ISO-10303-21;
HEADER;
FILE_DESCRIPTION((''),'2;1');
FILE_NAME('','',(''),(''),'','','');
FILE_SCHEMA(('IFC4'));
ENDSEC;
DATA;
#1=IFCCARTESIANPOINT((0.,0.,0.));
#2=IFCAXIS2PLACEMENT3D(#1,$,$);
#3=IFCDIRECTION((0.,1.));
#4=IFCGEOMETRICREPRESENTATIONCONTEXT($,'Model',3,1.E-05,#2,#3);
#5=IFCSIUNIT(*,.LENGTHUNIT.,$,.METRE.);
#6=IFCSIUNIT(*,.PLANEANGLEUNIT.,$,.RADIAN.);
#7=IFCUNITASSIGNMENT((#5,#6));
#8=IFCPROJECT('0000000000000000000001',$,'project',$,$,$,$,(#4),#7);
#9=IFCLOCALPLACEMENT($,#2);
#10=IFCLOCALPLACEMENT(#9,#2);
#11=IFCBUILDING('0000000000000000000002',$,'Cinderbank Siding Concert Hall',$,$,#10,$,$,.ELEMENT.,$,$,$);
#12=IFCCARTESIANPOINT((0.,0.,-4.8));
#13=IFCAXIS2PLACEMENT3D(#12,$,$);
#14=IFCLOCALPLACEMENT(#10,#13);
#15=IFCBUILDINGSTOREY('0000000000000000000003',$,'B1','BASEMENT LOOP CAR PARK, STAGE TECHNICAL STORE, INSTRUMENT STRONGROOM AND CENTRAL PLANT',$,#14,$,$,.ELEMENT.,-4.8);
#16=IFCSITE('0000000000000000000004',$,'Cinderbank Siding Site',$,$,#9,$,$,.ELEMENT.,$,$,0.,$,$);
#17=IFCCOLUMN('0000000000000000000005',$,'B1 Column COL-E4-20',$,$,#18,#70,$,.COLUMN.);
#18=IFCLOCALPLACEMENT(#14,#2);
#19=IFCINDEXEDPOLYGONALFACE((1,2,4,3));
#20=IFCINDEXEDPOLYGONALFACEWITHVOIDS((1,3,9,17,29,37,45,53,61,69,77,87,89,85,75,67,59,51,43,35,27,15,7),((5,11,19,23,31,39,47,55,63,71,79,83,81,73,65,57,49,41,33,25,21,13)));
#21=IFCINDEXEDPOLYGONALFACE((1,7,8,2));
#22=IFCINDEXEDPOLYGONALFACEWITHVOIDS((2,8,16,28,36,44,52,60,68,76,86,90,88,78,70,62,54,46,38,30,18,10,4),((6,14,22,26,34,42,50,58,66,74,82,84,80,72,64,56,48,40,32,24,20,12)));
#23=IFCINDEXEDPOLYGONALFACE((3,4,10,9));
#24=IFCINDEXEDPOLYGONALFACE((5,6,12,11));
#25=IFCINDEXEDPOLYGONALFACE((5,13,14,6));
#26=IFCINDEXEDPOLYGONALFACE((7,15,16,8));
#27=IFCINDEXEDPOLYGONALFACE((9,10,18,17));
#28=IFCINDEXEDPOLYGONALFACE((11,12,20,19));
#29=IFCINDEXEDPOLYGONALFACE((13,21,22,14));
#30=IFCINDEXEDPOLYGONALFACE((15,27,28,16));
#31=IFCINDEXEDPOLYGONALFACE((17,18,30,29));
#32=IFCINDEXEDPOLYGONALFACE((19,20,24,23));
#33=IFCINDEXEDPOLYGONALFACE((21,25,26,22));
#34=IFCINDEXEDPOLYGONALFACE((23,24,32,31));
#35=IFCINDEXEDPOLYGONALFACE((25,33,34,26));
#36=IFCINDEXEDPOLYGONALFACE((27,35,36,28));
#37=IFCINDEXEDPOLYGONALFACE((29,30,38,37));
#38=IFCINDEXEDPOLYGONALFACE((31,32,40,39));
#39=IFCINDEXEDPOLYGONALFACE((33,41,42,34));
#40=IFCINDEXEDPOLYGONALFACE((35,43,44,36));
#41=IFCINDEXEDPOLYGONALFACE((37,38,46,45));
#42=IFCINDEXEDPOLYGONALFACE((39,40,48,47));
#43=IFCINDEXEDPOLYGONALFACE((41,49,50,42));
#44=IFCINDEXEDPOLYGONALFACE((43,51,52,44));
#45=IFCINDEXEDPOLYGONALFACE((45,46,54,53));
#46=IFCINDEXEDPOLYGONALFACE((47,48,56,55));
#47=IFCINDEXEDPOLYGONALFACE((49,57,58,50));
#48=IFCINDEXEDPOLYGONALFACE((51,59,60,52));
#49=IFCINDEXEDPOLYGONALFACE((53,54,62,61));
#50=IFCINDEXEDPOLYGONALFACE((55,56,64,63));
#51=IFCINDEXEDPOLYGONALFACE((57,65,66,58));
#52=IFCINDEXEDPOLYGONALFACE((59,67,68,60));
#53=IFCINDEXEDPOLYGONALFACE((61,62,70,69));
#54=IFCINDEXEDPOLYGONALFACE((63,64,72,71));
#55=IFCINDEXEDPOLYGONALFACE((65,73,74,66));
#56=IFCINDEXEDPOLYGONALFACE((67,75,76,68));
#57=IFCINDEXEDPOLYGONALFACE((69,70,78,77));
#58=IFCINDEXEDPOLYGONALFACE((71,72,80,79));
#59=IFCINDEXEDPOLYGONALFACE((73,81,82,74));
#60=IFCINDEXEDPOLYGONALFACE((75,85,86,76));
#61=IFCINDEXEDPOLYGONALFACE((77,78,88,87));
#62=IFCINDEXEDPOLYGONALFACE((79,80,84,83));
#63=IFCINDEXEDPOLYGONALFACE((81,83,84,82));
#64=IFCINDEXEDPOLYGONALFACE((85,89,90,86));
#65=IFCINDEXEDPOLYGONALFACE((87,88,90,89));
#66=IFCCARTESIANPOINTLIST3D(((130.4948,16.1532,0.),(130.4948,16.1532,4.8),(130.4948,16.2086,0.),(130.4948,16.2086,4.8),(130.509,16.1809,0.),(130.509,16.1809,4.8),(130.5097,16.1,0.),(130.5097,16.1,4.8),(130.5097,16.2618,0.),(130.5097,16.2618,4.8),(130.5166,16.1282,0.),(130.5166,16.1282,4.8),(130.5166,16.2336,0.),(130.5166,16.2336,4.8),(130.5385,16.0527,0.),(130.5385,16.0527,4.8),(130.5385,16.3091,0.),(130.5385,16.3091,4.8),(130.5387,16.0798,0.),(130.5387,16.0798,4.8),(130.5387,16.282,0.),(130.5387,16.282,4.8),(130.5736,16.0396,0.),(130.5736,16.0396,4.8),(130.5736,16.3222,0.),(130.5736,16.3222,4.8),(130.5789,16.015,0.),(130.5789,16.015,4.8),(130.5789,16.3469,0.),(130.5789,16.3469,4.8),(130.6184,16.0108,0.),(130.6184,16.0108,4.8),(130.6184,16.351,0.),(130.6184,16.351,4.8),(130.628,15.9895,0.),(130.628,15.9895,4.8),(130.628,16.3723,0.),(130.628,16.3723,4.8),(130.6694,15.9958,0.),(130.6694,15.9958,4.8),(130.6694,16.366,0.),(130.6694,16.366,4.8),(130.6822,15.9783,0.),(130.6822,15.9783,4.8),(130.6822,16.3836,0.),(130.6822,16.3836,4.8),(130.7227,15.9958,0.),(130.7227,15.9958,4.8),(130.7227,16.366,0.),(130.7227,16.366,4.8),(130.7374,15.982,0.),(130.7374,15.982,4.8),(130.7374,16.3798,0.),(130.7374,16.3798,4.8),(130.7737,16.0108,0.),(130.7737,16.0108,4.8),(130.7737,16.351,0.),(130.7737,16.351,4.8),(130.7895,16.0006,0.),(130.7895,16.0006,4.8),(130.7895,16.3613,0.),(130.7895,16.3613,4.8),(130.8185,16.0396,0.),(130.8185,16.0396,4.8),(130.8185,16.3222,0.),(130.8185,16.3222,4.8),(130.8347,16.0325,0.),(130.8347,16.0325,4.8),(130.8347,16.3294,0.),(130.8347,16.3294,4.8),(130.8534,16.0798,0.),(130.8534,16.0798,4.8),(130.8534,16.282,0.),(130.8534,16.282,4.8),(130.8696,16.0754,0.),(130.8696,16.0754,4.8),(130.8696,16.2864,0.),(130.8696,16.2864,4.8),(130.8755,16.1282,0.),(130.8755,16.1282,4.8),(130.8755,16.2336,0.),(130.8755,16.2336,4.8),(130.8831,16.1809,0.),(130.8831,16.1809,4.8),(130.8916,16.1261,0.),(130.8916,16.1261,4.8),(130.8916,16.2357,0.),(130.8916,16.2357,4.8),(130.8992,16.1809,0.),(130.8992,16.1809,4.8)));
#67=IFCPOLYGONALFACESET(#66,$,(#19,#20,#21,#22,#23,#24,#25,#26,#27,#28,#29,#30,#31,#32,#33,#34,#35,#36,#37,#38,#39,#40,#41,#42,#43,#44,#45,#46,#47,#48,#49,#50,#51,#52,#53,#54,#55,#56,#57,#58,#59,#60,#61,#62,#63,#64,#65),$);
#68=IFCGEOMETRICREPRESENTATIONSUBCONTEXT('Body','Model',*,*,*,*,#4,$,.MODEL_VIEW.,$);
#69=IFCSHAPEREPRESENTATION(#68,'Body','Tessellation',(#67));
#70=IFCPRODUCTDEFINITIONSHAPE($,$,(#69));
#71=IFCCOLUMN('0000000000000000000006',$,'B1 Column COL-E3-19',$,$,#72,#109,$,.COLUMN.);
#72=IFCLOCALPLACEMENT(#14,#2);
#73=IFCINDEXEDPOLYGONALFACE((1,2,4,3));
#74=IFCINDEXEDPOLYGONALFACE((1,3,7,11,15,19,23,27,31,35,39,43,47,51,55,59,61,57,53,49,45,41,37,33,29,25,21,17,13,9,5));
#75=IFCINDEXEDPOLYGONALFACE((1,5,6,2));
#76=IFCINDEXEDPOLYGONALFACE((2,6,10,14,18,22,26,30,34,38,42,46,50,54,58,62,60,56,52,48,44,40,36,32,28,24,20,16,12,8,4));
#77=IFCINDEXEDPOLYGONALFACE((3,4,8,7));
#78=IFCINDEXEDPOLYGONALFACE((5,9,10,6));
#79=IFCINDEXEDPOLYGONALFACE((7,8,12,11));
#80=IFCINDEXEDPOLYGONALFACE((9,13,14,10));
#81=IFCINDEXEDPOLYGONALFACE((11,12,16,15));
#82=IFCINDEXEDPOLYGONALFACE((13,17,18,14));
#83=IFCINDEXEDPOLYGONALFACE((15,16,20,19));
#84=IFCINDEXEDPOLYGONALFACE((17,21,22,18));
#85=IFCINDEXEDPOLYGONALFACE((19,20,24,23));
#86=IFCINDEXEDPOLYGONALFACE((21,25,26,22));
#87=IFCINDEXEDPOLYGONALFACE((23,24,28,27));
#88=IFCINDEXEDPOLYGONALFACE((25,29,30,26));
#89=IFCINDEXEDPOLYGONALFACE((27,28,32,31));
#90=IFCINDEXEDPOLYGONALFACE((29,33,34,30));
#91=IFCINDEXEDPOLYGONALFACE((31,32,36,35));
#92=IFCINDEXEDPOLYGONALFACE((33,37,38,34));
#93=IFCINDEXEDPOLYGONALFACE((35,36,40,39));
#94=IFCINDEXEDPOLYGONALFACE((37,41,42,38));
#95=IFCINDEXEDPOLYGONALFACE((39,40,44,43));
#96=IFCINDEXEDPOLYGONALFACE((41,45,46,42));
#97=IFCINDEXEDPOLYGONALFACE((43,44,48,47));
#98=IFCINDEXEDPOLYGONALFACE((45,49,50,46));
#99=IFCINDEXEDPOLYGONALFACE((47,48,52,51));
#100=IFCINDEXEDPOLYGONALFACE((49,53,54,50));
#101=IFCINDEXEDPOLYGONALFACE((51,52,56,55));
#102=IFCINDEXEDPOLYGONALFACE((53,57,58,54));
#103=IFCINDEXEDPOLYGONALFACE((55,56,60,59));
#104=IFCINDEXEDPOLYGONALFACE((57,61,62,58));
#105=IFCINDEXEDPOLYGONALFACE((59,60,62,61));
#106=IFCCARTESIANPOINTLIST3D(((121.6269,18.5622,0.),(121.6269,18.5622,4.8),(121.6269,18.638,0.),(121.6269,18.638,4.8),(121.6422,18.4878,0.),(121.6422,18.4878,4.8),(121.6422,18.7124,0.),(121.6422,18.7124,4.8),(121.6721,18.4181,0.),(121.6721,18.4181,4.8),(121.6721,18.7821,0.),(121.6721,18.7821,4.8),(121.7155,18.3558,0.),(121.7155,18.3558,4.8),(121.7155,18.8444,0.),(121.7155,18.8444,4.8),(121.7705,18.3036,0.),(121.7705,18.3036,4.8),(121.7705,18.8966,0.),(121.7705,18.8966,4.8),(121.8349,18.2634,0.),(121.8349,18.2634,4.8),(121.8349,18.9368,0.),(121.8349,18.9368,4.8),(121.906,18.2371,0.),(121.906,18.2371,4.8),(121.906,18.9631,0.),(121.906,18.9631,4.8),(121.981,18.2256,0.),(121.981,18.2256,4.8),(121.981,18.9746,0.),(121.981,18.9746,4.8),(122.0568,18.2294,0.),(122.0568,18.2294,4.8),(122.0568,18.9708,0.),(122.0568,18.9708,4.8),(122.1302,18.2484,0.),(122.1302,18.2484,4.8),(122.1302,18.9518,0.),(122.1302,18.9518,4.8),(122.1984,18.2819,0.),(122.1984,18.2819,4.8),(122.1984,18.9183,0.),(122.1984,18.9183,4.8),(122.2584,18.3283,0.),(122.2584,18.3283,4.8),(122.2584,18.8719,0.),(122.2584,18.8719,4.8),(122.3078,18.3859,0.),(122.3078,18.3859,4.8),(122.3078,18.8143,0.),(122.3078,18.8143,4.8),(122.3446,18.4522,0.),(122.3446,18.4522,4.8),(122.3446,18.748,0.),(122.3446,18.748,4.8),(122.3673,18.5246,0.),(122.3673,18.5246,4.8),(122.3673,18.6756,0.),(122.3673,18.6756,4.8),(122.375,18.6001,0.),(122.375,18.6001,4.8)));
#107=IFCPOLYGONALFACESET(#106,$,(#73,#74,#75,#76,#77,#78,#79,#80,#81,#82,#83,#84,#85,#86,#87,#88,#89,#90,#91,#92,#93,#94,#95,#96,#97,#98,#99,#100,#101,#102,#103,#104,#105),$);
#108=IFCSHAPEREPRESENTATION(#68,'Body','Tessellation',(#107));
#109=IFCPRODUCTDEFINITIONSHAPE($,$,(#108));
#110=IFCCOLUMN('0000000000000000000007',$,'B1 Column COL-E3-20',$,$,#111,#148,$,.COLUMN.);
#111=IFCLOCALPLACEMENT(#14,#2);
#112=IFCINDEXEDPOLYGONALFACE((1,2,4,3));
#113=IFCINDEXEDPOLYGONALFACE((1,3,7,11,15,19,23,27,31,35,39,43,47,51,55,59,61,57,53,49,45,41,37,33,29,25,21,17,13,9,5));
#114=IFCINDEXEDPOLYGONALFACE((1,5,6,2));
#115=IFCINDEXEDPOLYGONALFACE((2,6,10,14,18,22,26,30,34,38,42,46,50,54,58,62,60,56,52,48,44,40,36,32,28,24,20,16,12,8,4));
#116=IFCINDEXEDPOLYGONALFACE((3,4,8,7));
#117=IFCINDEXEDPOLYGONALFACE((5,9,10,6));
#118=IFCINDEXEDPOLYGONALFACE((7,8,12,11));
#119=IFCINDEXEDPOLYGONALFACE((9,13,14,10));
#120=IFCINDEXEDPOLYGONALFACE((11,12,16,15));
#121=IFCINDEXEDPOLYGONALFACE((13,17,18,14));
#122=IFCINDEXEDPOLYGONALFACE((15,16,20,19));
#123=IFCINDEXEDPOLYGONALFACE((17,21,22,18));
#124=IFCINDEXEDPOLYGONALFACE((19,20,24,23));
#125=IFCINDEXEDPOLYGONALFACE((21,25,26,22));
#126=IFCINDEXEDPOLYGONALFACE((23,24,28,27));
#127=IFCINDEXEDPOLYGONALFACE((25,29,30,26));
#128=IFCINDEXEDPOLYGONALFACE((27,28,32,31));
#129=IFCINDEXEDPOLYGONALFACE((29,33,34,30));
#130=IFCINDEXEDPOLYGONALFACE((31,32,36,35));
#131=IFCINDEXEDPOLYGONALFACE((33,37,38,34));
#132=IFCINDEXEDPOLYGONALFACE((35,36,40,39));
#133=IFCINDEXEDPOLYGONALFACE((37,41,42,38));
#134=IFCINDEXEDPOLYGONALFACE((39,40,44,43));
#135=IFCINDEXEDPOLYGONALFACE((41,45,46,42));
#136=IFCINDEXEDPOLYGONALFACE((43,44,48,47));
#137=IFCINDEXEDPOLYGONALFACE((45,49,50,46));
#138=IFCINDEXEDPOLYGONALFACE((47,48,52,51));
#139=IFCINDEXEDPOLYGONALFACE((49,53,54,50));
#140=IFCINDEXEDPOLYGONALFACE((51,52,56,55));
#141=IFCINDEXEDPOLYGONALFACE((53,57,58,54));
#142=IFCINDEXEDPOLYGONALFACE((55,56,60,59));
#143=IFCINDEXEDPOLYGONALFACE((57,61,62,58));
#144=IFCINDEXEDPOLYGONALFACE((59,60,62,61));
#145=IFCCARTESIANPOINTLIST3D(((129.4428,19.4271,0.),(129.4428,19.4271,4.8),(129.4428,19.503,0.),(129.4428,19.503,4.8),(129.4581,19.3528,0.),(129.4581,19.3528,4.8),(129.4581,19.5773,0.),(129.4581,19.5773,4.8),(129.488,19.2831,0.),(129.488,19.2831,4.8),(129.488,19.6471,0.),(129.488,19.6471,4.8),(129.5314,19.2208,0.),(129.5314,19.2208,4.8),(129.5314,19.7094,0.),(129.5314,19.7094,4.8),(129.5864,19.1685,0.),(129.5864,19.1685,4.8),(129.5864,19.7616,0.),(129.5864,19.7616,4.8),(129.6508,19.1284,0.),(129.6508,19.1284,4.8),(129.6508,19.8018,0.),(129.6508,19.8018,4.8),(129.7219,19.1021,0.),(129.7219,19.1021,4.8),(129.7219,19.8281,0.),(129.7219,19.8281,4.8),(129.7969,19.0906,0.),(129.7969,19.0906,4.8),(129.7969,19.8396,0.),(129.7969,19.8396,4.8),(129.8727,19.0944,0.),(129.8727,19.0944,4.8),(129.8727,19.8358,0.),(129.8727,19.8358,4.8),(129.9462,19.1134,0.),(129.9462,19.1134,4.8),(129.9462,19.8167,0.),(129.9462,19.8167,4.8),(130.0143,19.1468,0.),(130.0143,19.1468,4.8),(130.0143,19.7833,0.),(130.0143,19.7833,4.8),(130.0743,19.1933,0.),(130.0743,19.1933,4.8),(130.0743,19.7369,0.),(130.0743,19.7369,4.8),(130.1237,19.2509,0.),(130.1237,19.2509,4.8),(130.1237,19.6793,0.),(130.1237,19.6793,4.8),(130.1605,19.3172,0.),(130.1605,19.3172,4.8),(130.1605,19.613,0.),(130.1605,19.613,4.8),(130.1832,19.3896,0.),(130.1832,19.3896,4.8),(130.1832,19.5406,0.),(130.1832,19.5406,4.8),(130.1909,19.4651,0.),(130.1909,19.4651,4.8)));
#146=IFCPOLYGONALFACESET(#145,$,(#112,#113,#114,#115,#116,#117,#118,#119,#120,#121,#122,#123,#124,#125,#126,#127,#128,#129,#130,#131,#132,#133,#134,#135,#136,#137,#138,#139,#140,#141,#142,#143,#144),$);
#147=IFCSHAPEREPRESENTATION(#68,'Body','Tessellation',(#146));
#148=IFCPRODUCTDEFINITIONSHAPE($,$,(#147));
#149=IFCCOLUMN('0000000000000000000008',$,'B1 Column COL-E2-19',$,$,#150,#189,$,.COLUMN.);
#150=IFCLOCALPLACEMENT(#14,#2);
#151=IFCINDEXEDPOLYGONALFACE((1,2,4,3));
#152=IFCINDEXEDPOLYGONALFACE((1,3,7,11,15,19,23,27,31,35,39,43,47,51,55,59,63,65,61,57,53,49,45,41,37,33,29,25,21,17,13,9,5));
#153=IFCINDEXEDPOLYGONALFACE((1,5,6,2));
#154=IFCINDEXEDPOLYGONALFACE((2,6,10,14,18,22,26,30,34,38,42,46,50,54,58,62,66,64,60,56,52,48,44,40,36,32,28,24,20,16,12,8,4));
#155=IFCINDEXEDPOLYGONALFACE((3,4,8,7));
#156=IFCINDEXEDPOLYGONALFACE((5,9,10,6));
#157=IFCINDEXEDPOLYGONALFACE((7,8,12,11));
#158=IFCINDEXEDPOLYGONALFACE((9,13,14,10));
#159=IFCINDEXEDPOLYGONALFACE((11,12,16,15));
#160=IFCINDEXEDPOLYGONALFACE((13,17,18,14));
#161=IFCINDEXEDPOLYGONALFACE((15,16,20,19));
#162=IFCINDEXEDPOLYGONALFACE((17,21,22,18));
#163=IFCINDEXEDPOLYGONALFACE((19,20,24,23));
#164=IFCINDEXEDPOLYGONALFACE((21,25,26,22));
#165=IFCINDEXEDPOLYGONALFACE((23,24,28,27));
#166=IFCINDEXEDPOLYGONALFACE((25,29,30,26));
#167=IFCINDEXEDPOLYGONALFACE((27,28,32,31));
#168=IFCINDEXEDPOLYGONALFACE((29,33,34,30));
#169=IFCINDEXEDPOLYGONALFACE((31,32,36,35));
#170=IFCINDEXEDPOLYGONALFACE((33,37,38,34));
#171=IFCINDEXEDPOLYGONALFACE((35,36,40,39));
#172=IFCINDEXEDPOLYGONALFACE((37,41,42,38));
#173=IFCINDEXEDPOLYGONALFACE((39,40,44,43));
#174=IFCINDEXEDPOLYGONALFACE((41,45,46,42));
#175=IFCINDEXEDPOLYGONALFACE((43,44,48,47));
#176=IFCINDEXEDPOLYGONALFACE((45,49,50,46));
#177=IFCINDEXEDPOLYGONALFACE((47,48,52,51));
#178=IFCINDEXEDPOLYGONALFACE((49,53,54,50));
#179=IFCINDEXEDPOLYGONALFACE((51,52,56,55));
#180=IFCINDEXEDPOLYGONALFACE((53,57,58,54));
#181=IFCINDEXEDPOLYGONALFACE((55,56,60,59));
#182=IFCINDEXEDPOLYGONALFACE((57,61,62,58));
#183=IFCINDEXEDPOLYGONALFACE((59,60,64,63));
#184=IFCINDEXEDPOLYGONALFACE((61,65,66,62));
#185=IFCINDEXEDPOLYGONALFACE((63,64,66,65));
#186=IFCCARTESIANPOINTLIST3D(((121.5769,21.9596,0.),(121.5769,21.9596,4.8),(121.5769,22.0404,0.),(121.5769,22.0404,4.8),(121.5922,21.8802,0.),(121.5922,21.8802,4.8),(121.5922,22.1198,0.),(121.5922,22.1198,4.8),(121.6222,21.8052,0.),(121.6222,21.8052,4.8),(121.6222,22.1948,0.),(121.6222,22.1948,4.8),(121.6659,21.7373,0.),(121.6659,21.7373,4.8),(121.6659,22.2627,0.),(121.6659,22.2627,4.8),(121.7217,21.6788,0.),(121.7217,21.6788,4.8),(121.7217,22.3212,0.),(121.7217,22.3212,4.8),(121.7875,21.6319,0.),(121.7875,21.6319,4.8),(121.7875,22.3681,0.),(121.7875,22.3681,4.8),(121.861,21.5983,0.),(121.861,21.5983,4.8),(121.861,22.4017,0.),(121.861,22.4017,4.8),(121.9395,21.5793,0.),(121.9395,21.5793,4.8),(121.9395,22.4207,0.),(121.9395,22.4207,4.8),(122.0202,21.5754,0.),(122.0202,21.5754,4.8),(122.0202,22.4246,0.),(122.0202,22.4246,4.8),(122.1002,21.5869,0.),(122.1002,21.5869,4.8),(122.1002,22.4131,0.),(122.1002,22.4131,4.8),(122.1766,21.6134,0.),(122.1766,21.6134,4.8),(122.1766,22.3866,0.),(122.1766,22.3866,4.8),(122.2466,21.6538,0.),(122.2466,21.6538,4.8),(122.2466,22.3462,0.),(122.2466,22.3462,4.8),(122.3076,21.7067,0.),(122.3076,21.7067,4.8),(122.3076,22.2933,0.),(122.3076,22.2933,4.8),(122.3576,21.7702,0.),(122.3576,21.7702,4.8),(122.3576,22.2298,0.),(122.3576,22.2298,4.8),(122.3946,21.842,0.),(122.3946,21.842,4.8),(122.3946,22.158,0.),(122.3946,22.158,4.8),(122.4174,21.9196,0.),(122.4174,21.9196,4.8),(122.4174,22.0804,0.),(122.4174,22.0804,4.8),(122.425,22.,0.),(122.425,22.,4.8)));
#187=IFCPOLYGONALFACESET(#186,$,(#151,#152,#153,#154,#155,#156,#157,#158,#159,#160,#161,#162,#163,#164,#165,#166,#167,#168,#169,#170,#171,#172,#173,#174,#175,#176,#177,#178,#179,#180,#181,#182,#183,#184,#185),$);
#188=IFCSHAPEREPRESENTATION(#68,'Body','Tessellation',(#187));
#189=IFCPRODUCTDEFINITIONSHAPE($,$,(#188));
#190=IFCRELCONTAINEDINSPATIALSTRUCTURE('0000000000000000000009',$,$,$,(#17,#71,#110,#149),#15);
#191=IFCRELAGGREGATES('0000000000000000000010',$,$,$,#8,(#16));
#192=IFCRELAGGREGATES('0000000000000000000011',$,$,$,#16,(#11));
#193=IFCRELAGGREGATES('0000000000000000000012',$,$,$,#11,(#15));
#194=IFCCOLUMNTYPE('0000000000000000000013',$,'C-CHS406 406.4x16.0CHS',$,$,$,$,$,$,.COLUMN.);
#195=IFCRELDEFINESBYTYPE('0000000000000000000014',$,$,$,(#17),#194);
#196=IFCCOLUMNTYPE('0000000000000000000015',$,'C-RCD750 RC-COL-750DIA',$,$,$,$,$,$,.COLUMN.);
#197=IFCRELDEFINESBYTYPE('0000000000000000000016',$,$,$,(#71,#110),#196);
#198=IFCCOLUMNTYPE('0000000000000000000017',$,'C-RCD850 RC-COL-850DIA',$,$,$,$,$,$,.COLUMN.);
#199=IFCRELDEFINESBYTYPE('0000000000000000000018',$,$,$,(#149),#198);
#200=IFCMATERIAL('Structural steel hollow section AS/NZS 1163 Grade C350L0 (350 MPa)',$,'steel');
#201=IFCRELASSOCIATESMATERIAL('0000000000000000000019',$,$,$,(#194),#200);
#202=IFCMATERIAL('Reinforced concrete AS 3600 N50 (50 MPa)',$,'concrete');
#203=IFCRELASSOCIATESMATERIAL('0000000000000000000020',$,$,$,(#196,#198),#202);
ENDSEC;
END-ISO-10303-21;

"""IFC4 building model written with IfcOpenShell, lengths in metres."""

from ifc_helpers import new_model, si_unit, direction, frame, origin, origin_2d, place, context, subcontext, project, spatial, circle, hollow_circle, extrude, material, material_profile, profile_set, type_object, element, save


model = new_model("IFC4")

# Units and contexts
model_context = context("Model", 3, precision=1e-05, world=origin(), true_north=direction((0.0, 1.0)))
body_context = subcontext(model_context, "Body", "Model", "MODEL_VIEW")
ifc_project = project(units=[si_unit("LENGTHUNIT", "METRE"), si_unit("PLANEANGLEUNIT", "RADIAN")], contexts=[model_context])

# Site, building, storey
site_placement = place(None, origin())
site = spatial("IfcSite", under=ifc_project, at=site_placement, Name="Cinderbank Siding Site", CompositionType="ELEMENT", RefElevation=0.0)
building_placement = place(site_placement, origin())
building = spatial("IfcBuilding", under=site, at=building_placement, Name="Cinderbank Siding Concert Hall", CompositionType="ELEMENT")
storey_placement = place(building_placement, frame((0.0, 0.0, -4.8)))
storey = spatial("IfcBuildingStorey", under=building, at=storey_placement, Name="B1", Description="BASEMENT LOOP CAR PARK, STAGE TECHNICAL STORE, INSTRUMENT STRONGROOM AND CENTRAL PLANT", CompositionType="ELEMENT", Elevation=-4.8)

# Columns
ifc_material_1 = material(Name="Structural steel hollow section AS/NZS 1163 Grade C350L0 (350 MPa)", Category="steel")
ifc_material_profile_1 = material_profile(ifc_material_1, hollow_circle(Radius=0.2031, WallThickness=0.0161, at=origin_2d()), Name="406.4x16.0CHS", Category="LoadBearing")
ifc_profile_set_1 = profile_set([ifc_material_profile_1], Name="Structural steel hollow section AS/NZS 1163 Grade C350L0 (350 MPa)")
column_type_1 = type_object("IfcColumnType", Name="C-CHS406 406.4x16.0CHS", PredefinedType="COLUMN", material=ifc_profile_set_1)
for number, where, z_axis, x_axis, name in (
    (1, (130.696, 16.1809, 0.0), (0.0, 0.0, 1.0), (1.0, 0.0, 0.0), "B1 Column COL-E4-20"),
):
    element("IfcColumn", number, at=place(storey_placement, frame(where, z_axis=z_axis, x_axis=x_axis)), inside=storey, type_object=column_type_1, Name=name, PredefinedType="COLUMN", context=body_context, shape_type="SweptSolid", body=[
        extrude(hollow_circle(Radius=0.2031, WallThickness=0.0161, at=origin_2d()), origin(), (0.0, 0.0, 1.0), 4.8),
    ])
ifc_material_2 = material(Name="Reinforced concrete AS 3600 N50 (50 MPa)", Category="concrete")
ifc_material_profile_2 = material_profile(ifc_material_2, circle(Radius=0.375, at=origin_2d()), Name="RC-COL-750DIA", Category="LoadBearing")
ifc_profile_set_2 = profile_set([ifc_material_profile_2], Name="Reinforced concrete AS 3600 N50 (50 MPa)")
column_type_2 = type_object("IfcColumnType", Name="C-RCD750 RC-COL-750DIA", PredefinedType="COLUMN", material=ifc_profile_set_2)
for number, where, z_axis, x_axis, name in (
    (2, (122.0, 18.6001, 0.0), (0.0, 0.0, 1.0), (1.0, 0.0, 0.0), "B1 Column COL-E3-19"),
    (3, (129.8159, 19.4651, 0.0), (0.0, 0.0, 1.0), (1.0, 0.0, 0.0), "B1 Column COL-E3-20"),
):
    element("IfcColumn", number, at=place(storey_placement, frame(where, z_axis=z_axis, x_axis=x_axis)), inside=storey, type_object=column_type_2, Name=name, PredefinedType="COLUMN", context=body_context, shape_type="SweptSolid", body=[
        extrude(circle(Radius=0.375, at=origin_2d()), origin(), (0.0, 0.0, 1.0), 4.8),
    ])
ifc_material_profile_3 = material_profile(ifc_material_2, circle(Radius=0.425, at=origin_2d()), Name="RC-COL-850DIA", Category="LoadBearing")
ifc_profile_set_3 = profile_set([ifc_material_profile_3], Name="Reinforced concrete AS 3600 N50 (50 MPa)")
column_type_3 = type_object("IfcColumnType", Name="C-RCD850 RC-COL-850DIA", PredefinedType="COLUMN", material=ifc_profile_set_3)
for number, where, z_axis, x_axis, name in (
    (4, (122.0, 22.0, 0.0), (0.0, 0.0, 1.0), (1.0, 0.0, 0.0), "B1 Column COL-E2-19"),
):
    element("IfcColumn", number, at=place(storey_placement, frame(where, z_axis=z_axis, x_axis=x_axis)), inside=storey, type_object=column_type_3, Name=name, PredefinedType="COLUMN", context=body_context, shape_type="SweptSolid", body=[
        extrude(circle(Radius=0.425, at=origin_2d()), origin(), (0.0, 0.0, 1.0), 4.8),
    ])

save(model, "model.ifc")
